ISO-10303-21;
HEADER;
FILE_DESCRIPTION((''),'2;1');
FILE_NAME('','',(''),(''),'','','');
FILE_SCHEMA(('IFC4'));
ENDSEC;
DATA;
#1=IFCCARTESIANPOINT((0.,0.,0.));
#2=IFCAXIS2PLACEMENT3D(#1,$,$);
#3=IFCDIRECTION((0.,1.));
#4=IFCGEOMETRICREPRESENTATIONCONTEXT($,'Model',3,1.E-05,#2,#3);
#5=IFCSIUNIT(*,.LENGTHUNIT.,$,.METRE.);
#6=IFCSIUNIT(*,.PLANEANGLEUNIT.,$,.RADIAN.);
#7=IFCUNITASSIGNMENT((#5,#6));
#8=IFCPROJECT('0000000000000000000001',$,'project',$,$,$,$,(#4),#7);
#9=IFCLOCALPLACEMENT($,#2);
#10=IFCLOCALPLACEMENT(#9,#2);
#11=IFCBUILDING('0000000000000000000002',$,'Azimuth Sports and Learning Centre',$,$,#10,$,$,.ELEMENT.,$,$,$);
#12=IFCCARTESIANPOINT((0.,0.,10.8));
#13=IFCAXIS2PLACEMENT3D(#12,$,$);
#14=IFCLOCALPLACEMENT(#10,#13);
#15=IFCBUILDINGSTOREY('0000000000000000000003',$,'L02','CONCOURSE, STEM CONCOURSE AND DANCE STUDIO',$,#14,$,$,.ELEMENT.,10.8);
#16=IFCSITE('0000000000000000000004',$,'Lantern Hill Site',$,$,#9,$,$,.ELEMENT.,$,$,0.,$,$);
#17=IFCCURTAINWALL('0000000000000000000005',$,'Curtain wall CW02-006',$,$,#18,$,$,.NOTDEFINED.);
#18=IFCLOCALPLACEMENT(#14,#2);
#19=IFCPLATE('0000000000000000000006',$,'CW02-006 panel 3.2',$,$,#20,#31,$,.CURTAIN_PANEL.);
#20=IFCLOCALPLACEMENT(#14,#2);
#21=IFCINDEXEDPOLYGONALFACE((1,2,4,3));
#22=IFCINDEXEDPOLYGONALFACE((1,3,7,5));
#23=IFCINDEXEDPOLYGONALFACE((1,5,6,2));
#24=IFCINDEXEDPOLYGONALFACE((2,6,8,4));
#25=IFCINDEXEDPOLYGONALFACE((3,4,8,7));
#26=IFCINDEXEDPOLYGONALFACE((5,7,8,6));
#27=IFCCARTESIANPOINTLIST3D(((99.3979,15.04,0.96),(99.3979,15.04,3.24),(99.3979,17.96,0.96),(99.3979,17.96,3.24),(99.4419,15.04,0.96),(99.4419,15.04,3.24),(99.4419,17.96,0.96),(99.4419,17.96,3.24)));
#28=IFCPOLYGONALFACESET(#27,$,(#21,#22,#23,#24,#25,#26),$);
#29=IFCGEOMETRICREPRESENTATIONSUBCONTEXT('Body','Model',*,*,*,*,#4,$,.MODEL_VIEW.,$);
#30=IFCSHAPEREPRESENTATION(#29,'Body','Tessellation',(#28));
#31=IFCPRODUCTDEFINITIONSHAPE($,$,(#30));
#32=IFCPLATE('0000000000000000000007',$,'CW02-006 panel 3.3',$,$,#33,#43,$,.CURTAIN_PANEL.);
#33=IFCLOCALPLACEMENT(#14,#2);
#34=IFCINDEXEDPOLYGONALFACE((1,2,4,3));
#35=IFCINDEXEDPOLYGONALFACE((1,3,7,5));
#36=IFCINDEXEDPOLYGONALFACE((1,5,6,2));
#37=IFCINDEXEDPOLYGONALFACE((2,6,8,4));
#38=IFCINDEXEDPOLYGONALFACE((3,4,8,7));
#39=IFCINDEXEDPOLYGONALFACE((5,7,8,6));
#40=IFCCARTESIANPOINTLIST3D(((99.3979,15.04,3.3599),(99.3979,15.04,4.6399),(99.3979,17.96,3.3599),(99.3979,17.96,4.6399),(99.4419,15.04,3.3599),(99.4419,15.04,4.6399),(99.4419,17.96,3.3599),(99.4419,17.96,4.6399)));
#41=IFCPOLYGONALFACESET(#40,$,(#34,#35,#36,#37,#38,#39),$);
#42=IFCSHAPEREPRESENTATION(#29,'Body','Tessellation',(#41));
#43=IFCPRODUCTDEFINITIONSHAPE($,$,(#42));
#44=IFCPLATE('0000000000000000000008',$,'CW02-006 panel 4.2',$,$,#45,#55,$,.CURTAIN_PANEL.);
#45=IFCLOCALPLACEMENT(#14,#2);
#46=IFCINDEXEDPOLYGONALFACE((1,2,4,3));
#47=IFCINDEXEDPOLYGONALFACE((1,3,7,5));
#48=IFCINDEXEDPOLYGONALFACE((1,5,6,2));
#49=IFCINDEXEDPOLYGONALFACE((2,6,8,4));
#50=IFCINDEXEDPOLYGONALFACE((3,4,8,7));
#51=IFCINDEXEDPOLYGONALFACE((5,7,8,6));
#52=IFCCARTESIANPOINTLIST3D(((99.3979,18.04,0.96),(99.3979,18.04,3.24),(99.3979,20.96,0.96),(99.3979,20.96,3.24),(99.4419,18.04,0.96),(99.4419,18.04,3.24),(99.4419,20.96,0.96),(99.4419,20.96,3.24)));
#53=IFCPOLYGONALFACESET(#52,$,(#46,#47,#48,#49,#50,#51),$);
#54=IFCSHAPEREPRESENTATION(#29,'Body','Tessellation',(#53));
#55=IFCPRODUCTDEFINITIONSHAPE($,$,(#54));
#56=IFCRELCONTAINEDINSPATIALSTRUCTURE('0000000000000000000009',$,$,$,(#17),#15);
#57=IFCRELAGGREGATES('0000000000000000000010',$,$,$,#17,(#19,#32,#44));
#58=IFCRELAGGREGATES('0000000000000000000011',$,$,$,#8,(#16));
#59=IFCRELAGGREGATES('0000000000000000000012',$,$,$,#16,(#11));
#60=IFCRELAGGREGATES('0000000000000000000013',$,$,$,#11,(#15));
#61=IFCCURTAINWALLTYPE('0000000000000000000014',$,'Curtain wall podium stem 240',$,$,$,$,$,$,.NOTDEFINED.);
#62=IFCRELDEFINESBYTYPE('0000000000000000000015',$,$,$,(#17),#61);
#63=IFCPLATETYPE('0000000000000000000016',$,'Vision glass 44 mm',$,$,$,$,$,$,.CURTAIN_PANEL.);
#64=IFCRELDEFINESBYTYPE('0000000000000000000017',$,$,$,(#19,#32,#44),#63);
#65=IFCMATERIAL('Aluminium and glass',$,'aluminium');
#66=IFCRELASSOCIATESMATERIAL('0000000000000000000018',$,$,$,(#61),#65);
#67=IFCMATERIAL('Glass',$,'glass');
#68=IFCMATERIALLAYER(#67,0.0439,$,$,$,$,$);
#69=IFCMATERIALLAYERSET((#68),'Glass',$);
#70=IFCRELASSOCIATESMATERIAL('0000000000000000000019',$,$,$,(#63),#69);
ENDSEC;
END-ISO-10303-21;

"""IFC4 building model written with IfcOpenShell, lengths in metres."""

from ifc_helpers import new_model, si_unit, direction, frame, origin, origin_2d, place, context, subcontext, project, spatial, rectangle, extrude, material, layer, layer_set, type_object, element, aggregate, save


model = new_model("IFC4")

# Units and contexts
model_context = context("Model", 3, precision=1e-05, world=origin(), true_north=direction((0.0, 1.0)))
body_context = subcontext(model_context, "Body", "Model", "MODEL_VIEW")
ifc_project = project(units=[si_unit("LENGTHUNIT", "METRE"), si_unit("PLANEANGLEUNIT", "RADIAN")], contexts=[model_context])

# Site, building, storey
site_placement = place(None, origin())
site = spatial("IfcSite", under=ifc_project, at=site_placement, Name="Lantern Hill Site", CompositionType="ELEMENT", RefElevation=0.0)
building_placement = place(site_placement, origin())
building = spatial("IfcBuilding", under=site, at=building_placement, Name="Azimuth Sports and Learning Centre", CompositionType="ELEMENT")
storey_placement = place(building_placement, frame((0.0, 0.0, 10.8)))
storey = spatial("IfcBuildingStorey", under=building, at=storey_placement, Name="L02", Description="CONCOURSE, STEM CONCOURSE AND DANCE STUDIO", CompositionType="ELEMENT", Elevation=10.8)

# Curtain wall, plates
ifc_material_1 = material(Name="Aluminium and glass", Category="aluminium")
curtain_wall_type = type_object("IfcCurtainWallType", Name="Curtain wall podium stem 240", PredefinedType="NOTDEFINED", material=ifc_material_1)
curtain_wall_placement = place(storey_placement, origin())
curtain_wall = element("IfcCurtainWall", 1, at=curtain_wall_placement, inside=storey, type_object=curtain_wall_type, Name="Curtain wall CW02-006", PredefinedType="NOTDEFINED")
ifc_material_2 = material(Name="Glass", Category="glass")
ifc_layer_1 = layer(ifc_material_2, 0.0439)
ifc_layer_set_1 = layer_set([ifc_layer_1], Name="Glass")
plate_type_1 = type_object("IfcPlateType", Name="Vision glass 44 mm", PredefinedType="CURTAIN_PANEL", material=ifc_layer_set_1)
plate_1_placement = place(storey_placement, frame((99.4199, 16.5, 0.96), z_axis=(0.0, 0.0, 1.0), x_axis=(0.0, 1.0, 0.0)))
plate_1 = element("IfcPlate", 2, at=plate_1_placement, type_object=plate_type_1, Name="CW02-006 panel 3.2", PredefinedType="CURTAIN_PANEL", context=body_context, shape_type="SweptSolid", body=[
    extrude(rectangle(XDim=2.9199, YDim=0.0439, at=origin_2d()), origin(), (0.0, 0.0, 1.0), 2.28),
])
plate_2_placement = place(storey_placement, frame((99.4199, 16.5, 3.3599), z_axis=(0.0, 0.0, 1.0), x_axis=(0.0, 1.0, 0.0)))
plate_2 = element("IfcPlate", 3, at=plate_2_placement, type_object=plate_type_1, Name="CW02-006 panel 3.3", PredefinedType="CURTAIN_PANEL", context=body_context, shape_type="SweptSolid", body=[
    extrude(rectangle(XDim=2.9199, YDim=0.0439, at=origin_2d()), origin(), (0.0, 0.0, 1.0), 1.28),
])
plate_3_placement = place(storey_placement, frame((99.4199, 19.5, 0.96), z_axis=(0.0, 0.0, 1.0), x_axis=(0.0, 1.0, 0.0)))
plate_3 = element("IfcPlate", 4, at=plate_3_placement, type_object=plate_type_1, Name="CW02-006 panel 4.2", PredefinedType="CURTAIN_PANEL", context=body_context, shape_type="SweptSolid", body=[
    extrude(rectangle(XDim=2.9199, YDim=0.0439, at=origin_2d()), origin(), (0.0, 0.0, 1.0), 2.28),
])
aggregate(curtain_wall, [plate_1, plate_2, plate_3])

save(model, "model.ifc")
